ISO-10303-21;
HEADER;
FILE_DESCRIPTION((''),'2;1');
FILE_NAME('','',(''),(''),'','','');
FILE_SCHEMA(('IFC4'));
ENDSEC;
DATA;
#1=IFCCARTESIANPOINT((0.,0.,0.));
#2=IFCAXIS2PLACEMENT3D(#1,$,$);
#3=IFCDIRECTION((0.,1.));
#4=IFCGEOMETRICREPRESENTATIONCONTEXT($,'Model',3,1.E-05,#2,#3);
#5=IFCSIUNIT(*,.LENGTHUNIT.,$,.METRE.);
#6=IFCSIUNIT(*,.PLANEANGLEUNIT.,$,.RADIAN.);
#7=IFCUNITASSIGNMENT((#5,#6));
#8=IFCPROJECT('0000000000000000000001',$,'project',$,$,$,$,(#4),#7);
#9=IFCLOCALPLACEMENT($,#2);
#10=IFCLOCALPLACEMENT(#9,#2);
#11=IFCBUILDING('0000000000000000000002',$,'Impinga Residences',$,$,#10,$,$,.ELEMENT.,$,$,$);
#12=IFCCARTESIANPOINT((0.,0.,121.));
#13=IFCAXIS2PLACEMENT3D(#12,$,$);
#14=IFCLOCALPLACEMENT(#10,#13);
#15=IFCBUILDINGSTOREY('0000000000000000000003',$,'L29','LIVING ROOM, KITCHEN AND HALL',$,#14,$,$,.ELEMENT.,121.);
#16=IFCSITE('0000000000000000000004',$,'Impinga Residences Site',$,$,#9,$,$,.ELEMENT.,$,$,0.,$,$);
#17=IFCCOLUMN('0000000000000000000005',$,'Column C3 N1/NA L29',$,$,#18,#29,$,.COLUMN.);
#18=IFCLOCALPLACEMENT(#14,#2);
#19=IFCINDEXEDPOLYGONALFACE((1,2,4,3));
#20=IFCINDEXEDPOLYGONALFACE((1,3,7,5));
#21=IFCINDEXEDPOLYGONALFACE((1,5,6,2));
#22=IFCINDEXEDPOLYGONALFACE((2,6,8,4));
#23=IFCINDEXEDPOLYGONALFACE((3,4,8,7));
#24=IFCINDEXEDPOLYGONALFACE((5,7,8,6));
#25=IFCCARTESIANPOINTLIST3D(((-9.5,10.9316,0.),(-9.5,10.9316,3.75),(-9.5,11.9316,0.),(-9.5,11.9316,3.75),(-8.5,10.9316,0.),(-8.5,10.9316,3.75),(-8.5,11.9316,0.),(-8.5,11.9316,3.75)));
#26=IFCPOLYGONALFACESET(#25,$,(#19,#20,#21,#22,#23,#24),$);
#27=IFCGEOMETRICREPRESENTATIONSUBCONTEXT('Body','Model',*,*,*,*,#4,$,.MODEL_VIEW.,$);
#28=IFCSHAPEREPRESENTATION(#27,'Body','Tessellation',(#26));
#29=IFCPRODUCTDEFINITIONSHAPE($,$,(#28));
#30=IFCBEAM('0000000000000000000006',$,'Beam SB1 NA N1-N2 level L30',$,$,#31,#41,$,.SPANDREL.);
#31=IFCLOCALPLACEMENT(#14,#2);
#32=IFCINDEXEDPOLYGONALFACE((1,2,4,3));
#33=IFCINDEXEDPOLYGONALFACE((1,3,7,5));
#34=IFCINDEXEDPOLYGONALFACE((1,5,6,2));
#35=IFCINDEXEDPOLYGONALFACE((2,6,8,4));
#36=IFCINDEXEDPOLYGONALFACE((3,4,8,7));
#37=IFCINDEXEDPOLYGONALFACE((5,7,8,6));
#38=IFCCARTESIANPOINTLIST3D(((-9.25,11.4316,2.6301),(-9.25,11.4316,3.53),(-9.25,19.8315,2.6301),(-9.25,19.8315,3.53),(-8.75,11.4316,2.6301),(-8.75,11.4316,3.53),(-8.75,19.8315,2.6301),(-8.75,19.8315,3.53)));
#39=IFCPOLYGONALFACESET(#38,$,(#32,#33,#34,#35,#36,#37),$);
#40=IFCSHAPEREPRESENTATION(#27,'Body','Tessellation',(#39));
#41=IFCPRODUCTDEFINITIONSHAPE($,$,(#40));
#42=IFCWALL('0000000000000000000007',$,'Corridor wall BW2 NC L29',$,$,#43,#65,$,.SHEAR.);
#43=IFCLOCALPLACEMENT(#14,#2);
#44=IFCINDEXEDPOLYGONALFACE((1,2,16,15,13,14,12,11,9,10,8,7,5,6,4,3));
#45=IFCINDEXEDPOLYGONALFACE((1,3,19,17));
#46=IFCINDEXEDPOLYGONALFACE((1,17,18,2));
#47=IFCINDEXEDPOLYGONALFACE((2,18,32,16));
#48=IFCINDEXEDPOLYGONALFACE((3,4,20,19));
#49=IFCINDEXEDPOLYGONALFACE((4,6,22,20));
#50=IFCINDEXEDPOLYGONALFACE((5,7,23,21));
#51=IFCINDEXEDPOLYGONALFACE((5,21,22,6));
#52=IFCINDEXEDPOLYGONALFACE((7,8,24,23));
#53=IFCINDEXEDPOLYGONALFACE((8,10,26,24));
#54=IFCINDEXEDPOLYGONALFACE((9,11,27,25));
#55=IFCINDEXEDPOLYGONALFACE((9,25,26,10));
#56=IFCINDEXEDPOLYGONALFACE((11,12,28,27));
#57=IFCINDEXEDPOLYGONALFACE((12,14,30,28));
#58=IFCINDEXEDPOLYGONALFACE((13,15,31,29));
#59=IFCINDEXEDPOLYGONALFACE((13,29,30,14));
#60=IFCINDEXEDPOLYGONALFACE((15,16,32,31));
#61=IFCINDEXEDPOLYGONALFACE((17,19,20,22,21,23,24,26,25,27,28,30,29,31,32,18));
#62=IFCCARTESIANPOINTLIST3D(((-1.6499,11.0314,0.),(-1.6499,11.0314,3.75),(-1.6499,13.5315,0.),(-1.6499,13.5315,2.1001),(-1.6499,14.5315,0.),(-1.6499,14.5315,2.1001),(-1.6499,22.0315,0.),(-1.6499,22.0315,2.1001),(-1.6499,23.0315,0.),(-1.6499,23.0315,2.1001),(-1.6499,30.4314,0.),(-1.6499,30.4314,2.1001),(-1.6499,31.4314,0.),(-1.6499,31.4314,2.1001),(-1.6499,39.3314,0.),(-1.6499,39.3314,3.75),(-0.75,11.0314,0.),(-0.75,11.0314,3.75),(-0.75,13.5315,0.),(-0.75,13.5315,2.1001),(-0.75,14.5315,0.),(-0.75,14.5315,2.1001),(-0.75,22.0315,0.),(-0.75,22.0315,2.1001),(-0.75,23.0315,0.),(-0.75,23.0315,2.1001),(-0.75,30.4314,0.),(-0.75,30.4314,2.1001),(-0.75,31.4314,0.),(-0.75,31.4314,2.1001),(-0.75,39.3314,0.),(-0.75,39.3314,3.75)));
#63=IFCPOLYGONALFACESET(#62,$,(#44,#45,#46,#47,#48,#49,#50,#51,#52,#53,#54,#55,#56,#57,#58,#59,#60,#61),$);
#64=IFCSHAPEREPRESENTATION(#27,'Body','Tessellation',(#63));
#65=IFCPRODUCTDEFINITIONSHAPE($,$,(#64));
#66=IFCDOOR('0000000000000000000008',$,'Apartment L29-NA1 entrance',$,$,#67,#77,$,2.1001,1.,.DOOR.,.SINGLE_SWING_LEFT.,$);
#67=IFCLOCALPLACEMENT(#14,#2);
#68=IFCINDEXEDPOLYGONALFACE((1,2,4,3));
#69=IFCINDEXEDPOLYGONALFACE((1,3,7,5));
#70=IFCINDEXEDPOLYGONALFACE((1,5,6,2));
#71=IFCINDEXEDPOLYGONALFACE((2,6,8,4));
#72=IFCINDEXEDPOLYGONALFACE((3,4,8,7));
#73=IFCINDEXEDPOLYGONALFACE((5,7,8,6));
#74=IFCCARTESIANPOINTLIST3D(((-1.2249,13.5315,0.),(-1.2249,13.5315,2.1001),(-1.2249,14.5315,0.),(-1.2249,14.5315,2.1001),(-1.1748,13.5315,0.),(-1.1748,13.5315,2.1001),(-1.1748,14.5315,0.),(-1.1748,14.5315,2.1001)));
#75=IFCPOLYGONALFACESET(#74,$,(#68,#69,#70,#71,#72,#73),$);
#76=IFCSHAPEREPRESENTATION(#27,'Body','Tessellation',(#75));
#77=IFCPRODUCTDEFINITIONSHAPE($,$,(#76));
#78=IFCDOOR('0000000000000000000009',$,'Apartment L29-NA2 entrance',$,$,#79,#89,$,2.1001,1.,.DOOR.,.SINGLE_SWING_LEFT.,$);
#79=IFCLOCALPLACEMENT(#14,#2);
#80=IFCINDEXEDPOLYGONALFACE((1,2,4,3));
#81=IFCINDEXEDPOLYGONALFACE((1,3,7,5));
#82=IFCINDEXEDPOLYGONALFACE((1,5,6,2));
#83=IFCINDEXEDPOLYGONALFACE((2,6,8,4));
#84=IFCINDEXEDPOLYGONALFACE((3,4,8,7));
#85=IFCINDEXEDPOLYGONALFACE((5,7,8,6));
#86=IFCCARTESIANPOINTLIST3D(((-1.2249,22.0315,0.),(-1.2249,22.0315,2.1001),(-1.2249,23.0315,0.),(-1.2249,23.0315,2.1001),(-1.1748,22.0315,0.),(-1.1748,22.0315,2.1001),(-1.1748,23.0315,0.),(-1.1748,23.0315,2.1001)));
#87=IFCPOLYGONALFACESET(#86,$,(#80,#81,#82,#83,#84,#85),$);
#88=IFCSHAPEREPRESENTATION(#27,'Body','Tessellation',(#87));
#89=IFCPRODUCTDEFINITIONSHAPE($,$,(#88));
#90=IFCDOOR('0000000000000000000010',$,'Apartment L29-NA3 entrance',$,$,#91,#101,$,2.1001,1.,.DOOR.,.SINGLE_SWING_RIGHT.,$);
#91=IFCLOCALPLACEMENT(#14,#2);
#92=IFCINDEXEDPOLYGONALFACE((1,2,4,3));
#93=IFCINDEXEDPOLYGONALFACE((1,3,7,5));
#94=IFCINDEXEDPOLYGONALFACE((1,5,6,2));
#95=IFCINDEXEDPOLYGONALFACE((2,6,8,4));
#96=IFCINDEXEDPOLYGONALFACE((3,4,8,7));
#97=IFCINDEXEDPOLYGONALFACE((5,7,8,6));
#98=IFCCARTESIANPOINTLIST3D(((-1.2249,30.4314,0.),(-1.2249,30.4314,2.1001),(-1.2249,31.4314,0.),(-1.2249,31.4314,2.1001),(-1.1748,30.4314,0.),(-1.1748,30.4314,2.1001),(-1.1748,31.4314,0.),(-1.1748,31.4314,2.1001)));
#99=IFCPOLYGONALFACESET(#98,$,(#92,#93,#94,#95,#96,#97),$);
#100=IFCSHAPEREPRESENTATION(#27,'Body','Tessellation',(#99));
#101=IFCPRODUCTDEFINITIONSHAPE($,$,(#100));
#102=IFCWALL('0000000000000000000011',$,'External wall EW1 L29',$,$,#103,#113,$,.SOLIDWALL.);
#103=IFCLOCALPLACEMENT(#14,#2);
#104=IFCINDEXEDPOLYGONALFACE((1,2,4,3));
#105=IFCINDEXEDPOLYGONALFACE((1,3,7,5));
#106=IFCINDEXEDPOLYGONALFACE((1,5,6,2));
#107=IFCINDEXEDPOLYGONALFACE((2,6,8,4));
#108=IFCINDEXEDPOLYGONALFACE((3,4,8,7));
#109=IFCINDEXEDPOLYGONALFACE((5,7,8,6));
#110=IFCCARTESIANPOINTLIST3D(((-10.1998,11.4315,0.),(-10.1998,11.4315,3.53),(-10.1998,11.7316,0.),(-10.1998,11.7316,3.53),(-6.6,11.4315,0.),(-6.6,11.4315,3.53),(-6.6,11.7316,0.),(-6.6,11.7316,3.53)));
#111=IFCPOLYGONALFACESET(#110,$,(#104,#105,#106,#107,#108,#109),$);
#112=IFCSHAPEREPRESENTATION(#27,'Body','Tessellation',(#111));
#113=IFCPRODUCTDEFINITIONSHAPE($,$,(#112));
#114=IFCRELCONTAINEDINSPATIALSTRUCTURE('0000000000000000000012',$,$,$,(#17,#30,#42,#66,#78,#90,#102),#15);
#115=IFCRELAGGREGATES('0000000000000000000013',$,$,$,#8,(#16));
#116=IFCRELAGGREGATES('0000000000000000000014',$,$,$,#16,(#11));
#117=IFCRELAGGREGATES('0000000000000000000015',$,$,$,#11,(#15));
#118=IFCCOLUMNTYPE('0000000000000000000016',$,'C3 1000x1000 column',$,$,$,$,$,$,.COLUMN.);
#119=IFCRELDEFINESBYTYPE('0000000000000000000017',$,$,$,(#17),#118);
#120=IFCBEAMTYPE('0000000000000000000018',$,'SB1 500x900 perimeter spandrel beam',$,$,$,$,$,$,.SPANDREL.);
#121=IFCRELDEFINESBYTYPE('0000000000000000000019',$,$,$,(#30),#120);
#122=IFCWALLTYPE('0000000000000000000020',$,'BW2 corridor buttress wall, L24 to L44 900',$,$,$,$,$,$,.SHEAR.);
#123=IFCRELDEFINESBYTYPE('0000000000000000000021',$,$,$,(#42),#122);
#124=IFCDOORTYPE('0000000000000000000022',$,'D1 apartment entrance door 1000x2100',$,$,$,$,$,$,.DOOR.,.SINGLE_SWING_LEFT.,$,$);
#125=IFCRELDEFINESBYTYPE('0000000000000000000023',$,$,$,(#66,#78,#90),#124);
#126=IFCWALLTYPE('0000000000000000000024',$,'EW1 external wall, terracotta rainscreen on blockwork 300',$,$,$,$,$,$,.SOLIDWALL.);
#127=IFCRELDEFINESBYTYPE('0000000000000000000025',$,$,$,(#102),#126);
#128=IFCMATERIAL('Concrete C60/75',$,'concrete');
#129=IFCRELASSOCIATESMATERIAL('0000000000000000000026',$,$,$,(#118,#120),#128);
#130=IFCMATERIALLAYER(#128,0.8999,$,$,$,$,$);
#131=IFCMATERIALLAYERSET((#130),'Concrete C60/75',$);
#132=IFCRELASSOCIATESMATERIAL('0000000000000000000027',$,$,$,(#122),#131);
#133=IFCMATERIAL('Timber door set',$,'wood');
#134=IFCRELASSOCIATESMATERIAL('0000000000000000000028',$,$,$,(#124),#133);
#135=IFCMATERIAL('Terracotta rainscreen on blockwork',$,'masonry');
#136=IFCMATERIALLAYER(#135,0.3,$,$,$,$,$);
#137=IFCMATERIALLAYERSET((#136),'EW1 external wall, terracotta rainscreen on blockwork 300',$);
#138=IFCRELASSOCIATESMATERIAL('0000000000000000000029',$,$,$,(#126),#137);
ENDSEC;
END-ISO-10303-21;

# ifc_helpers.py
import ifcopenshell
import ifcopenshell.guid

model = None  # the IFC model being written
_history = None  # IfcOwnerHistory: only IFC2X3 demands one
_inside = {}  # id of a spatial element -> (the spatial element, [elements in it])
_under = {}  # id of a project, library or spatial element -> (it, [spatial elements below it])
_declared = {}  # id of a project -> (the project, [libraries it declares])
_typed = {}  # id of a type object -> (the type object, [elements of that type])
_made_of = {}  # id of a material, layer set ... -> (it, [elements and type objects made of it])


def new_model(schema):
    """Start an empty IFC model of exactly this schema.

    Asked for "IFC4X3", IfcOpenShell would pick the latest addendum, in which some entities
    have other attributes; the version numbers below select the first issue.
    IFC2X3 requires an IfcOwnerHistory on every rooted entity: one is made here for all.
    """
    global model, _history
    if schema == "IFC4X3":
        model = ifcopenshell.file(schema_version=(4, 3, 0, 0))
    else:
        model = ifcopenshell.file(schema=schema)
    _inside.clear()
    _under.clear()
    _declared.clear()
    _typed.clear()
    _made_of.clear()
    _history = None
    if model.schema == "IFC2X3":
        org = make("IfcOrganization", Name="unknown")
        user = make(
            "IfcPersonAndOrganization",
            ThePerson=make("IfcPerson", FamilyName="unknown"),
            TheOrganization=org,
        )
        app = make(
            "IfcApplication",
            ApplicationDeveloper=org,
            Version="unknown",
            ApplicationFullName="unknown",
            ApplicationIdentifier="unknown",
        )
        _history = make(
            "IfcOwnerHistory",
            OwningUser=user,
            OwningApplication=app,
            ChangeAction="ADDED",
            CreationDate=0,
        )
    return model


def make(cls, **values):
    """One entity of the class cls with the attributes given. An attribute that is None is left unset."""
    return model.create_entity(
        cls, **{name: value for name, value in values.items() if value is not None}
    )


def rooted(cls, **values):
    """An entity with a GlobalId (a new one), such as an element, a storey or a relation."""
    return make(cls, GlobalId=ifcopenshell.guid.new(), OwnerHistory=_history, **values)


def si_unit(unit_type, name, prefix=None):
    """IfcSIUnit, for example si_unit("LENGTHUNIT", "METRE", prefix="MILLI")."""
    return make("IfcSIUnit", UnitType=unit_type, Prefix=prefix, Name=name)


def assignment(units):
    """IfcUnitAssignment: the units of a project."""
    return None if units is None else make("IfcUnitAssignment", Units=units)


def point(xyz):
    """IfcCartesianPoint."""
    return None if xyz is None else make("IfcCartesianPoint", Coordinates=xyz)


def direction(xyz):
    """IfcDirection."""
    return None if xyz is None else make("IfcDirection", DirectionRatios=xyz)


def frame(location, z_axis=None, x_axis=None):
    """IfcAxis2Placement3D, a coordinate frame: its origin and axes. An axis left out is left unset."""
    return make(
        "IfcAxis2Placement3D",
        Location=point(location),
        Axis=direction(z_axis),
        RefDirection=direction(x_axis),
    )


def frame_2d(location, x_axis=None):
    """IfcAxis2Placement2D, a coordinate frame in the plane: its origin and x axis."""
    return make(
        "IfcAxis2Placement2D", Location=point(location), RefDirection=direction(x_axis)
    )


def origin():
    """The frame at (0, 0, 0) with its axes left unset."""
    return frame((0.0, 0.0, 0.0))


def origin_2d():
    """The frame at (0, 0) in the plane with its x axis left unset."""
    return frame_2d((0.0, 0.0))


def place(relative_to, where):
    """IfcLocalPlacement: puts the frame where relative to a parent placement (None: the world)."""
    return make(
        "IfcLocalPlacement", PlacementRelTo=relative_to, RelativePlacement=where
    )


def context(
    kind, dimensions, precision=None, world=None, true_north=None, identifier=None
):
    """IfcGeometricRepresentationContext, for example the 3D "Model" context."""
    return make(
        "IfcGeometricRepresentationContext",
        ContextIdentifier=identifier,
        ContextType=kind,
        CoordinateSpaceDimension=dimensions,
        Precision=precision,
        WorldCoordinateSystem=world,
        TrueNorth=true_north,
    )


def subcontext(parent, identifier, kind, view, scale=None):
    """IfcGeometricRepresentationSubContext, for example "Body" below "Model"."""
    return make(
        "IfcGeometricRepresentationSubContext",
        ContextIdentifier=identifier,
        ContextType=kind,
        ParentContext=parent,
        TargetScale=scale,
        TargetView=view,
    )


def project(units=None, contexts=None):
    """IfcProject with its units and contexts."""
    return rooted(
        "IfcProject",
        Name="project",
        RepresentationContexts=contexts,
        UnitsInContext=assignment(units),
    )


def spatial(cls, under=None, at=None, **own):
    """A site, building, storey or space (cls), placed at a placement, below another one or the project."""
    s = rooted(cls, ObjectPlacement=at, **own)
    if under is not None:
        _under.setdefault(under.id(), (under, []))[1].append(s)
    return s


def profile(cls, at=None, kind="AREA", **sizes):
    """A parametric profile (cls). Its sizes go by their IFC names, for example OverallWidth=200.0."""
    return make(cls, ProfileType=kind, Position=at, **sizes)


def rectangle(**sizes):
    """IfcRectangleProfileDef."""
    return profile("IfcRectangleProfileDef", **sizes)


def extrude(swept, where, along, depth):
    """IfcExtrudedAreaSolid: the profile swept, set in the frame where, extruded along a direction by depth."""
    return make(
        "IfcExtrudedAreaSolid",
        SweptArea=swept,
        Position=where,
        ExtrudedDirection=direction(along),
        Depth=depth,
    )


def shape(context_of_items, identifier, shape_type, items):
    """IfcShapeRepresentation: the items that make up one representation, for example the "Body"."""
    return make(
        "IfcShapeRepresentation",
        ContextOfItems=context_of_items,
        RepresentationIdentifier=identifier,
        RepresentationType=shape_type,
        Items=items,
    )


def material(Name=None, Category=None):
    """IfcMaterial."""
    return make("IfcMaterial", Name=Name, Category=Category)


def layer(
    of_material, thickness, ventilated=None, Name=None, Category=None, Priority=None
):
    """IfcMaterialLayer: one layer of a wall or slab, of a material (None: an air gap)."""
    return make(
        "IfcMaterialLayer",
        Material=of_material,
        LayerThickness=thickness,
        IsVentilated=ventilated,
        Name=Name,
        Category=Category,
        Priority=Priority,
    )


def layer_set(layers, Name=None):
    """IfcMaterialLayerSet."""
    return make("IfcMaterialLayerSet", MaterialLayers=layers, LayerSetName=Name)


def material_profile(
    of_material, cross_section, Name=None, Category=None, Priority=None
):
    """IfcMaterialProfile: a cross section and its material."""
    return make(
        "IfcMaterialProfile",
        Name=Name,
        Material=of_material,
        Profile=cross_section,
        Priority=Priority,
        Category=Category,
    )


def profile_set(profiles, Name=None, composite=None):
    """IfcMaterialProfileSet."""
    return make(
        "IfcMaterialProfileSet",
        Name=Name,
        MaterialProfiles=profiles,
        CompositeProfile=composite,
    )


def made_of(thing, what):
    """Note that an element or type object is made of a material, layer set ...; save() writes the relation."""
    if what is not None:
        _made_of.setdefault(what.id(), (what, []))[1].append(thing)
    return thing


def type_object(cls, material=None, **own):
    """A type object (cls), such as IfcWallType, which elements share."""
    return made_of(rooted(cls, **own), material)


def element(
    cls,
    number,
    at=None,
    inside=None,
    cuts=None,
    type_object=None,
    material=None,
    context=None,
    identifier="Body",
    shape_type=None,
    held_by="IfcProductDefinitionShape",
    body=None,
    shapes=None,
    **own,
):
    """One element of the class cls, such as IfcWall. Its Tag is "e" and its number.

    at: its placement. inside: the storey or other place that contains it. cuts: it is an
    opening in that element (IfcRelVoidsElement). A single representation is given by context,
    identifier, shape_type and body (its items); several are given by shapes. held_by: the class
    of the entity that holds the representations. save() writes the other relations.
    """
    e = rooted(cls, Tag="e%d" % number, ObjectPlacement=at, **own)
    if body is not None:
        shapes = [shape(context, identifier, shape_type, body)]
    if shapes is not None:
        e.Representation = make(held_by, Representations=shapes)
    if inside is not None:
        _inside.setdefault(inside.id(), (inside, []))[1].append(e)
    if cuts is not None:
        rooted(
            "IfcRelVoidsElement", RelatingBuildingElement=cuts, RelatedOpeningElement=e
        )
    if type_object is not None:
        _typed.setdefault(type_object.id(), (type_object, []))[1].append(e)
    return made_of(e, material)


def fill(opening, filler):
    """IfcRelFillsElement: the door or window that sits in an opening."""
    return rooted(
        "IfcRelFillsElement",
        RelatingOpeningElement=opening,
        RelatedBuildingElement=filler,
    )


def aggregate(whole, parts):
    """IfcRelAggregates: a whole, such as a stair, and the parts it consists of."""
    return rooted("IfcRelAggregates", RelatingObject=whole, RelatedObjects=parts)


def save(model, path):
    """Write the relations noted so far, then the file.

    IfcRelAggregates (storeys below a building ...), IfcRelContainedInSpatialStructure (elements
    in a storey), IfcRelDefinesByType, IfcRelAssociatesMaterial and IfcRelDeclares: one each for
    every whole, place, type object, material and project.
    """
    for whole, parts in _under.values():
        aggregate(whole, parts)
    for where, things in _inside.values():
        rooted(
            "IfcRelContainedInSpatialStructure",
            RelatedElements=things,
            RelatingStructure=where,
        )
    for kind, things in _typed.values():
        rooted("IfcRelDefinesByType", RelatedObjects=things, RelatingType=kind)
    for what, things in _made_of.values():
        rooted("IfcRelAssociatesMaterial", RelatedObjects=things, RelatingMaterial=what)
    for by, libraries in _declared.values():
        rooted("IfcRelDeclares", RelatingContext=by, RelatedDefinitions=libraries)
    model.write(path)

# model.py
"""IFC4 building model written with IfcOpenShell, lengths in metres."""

from ifc_helpers import new_model, si_unit, direction, frame, frame_2d, origin, origin_2d, place, context, subcontext, project, spatial, rectangle, extrude, material, layer, layer_set, material_profile, profile_set, type_object, element, fill, save


model = new_model("IFC4")

# Units and contexts
model_context = context("Model", 3, precision=1e-05, world=origin(), true_north=direction((0.0, 1.0)))
body_context = subcontext(model_context, "Body", "Model", "MODEL_VIEW")
ifc_project = project(units=[si_unit("LENGTHUNIT", "METRE"), si_unit("PLANEANGLEUNIT", "RADIAN")], contexts=[model_context])

# Site, building, storey
site_placement = place(None, origin())
site = spatial("IfcSite", under=ifc_project, at=site_placement, Name="Impinga Residences Site", CompositionType="ELEMENT", RefElevation=0.0)
building_placement = place(site_placement, origin())
building = spatial("IfcBuilding", under=site, at=building_placement, Name="Impinga Residences", CompositionType="ELEMENT")
storey_placement = place(building_placement, frame((0.0, 0.0, 121.0)))
storey = spatial("IfcBuildingStorey", under=building, at=storey_placement, Name="L29", Description="LIVING ROOM, KITCHEN AND HALL", CompositionType="ELEMENT", Elevation=121.0)

# Column
ifc_material_1 = material(Name="Concrete C60/75", Category="concrete")
ifc_material_profile_1 = material_profile(ifc_material_1, rectangle(XDim=1.0, YDim=1.0, at=origin_2d()), Name="RC 1000x1000")
ifc_profile_set_1 = profile_set([ifc_material_profile_1], Name="Concrete C60/75")
column_type = type_object("IfcColumnType", Name="C3 1000x1000 column", PredefinedType="COLUMN", material=ifc_profile_set_1)
column_placement = place(storey_placement, frame((-9.0, 11.4316, 0.0), z_axis=(0.0, 0.0, 1.0), x_axis=(1.0, 0.0, 0.0)))
element("IfcColumn", 1, at=column_placement, inside=storey, type_object=column_type, Name="Column C3 N1/NA L29", PredefinedType="COLUMN", context=body_context, shape_type="SweptSolid", body=[
    extrude(rectangle(XDim=1.0, YDim=1.0, at=origin_2d()), origin(), (0.0, 0.0, 1.0), 3.75),
])

# Beam
ifc_material_profile_2 = material_profile(ifc_material_1, rectangle(XDim=0.5, YDim=0.8999, at=origin_2d()), Name="RC 500x900")
ifc_profile_set_2 = profile_set([ifc_material_profile_2], Name="Concrete C60/75")
beam_type = type_object("IfcBeamType", Name="SB1 500x900 perimeter spandrel beam", PredefinedType="SPANDREL", material=ifc_profile_set_2)
beam_placement = place(storey_placement, frame((-9.0, 11.4316, 3.0801), z_axis=(0.0, 1.0, 0.0), x_axis=(-1.0, 0.0, 0.0)))
element("IfcBeam", 2, at=beam_placement, inside=storey, type_object=beam_type, Name="Beam SB1 NA N1-N2 level L30", PredefinedType="SPANDREL", context=body_context, shape_type="SweptSolid", body=[
    extrude(rectangle(XDim=0.5, YDim=0.8999, at=origin_2d()), origin(), (0.0, 0.0, 1.0), 8.3999),
])

# Wall, openings, doors
ifc_layer_1 = layer(ifc_material_1, 0.8999)
ifc_layer_set_1 = layer_set([ifc_layer_1], Name="Concrete C60/75")
wall_type_1 = type_object("IfcWallType", Name="BW2 corridor buttress wall, L24 to L44 900", PredefinedType="SHEAR", material=ifc_layer_set_1)
wall_1_placement = place(storey_placement, frame((-1.2, 11.0315, 0.0), z_axis=(0.0, 0.0, 1.0), x_axis=(0.0, 1.0, 0.0)))
wall_1 = element("IfcWall", 3, at=wall_1_placement, inside=storey, type_object=wall_type_1, Name="Corridor wall BW2 NC L29", PredefinedType="SHEAR", context=body_context, shape_type="SweptSolid", body=[
    extrude(rectangle(XDim=28.3, YDim=0.8999, at=frame_2d((14.1499, 0.0))), origin(), (0.0, 0.0, 1.0), 3.75),
])
opening_1_placement = place(wall_1_placement, frame((2.5, 0.0, 0.0)))
opening_1 = element("IfcOpeningElement", 4, at=opening_1_placement, cuts=wall_1, PredefinedType="OPENING", context=body_context, shape_type="SweptSolid", body=[
    extrude(rectangle(XDim=1.0, YDim=2.1001, at=frame_2d((0.5, 1.05))), frame((0.0, 0.46, 0.0), z_axis=(0.0, -1.0, 0.0), x_axis=(1.0, 0.0, 0.0)), (0.0, 0.0, 1.0), 0.9199),
])
opening_2_placement = place(wall_1_placement, frame((11.0, 0.0, 0.0)))
opening_2 = element("IfcOpeningElement", 5, at=opening_2_placement, cuts=wall_1, PredefinedType="OPENING", context=body_context, shape_type="SweptSolid", body=[
    extrude(rectangle(XDim=1.0, YDim=2.1001, at=frame_2d((0.5, 1.05))), frame((0.0, 0.46, 0.0), z_axis=(0.0, -1.0, 0.0), x_axis=(1.0, 0.0, 0.0)), (0.0, 0.0, 1.0), 0.9199),
])
opening_3_placement = place(wall_1_placement, frame((19.3999, 0.0, 0.0)))
opening_3 = element("IfcOpeningElement", 6, at=opening_3_placement, cuts=wall_1, PredefinedType="OPENING", context=body_context, shape_type="SweptSolid", body=[
    extrude(rectangle(XDim=1.0, YDim=2.1001, at=frame_2d((0.5, 1.05))), frame((0.0, 0.46, 0.0), z_axis=(0.0, -1.0, 0.0), x_axis=(1.0, 0.0, 0.0)), (0.0, 0.0, 1.0), 0.9199),
])
ifc_material_2 = material(Name="Timber door set", Category="wood")
door_type_1 = type_object("IfcDoorType", Name="D1 apartment entrance door 1000x2100", OperationType="SINGLE_SWING_LEFT", PredefinedType="DOOR", material=ifc_material_2)
door_1_placement = place(opening_1_placement, origin())
door_1 = element("IfcDoor", 7, at=door_1_placement, inside=storey, type_object=door_type_1, Name="Apartment L29-NA1 entrance", OperationType="SINGLE_SWING_LEFT", OverallHeight=2.1001, OverallWidth=1.0, PredefinedType="DOOR", context=body_context, shape_type="SweptSolid", body=[
    extrude(rectangle(XDim=1.0, YDim=2.1001, at=frame_2d((0.5, 1.05))), frame((0.0, 0.0249, 0.0), z_axis=(0.0, -1.0, 0.0), x_axis=(1.0, 0.0, 0.0)), (0.0, 0.0, 1.0), 0.05),
])
fill(opening_1, door_1)
door_2_placement = place(opening_2_placement, origin())
door_2 = element("IfcDoor", 8, at=door_2_placement, inside=storey, type_object=door_type_1, Name="Apartment L29-NA2 entrance", OperationType="SINGLE_SWING_LEFT", OverallHeight=2.1001, OverallWidth=1.0, PredefinedType="DOOR", context=body_context, shape_type="SweptSolid", body=[
    extrude(rectangle(XDim=1.0, YDim=2.1001, at=frame_2d((0.5, 1.05))), frame((0.0, 0.0249, 0.0), z_axis=(0.0, -1.0, 0.0), x_axis=(1.0, 0.0, 0.0)), (0.0, 0.0, 1.0), 0.05),
])
fill(opening_2, door_2)
door_3_placement = place(opening_3_placement, origin())
door_3 = element("IfcDoor", 9, at=door_3_placement, inside=storey, type_object=door_type_1, Name="Apartment L29-NA3 entrance", OperationType="SINGLE_SWING_RIGHT", OverallHeight=2.1001, OverallWidth=1.0, PredefinedType="DOOR", context=body_context, shape_type="SweptSolid", body=[
    extrude(rectangle(XDim=1.0, YDim=2.1001, at=frame_2d((0.5, 1.05))), frame((0.0, 0.0249, 0.0), z_axis=(0.0, -1.0, 0.0), x_axis=(1.0, 0.0, 0.0)), (0.0, 0.0, 1.0), 0.05),
])
fill(opening_3, door_3)

# Wall
ifc_material_3 = material(Name="Terracotta rainscreen on blockwork", Category="masonry")
ifc_layer_2 = layer(ifc_material_3, 0.3)
ifc_layer_set_2 = layer_set([ifc_layer_2], Name="EW1 external wall, terracotta rainscreen on blockwork 300")
wall_type_2 = type_object("IfcWallType", Name="EW1 external wall, terracotta rainscreen on blockwork 300", PredefinedType="SOLIDWALL", material=ifc_layer_set_2)
wall_2_placement = place(storey_placement, frame((-6.6001, 11.5815, 0.0), z_axis=(0.0, 0.0, 1.0), x_axis=(-1.0, 0.0, 0.0)))
element("IfcWall", 10, at=wall_2_placement, inside=storey, type_object=wall_type_2, Name="External wall EW1 L29", PredefinedType="SOLIDWALL", context=body_context, shape_type="SweptSolid", body=[
    extrude(rectangle(XDim=3.5999, YDim=0.3, at=frame_2d((1.7998, 0.0))), origin(), (0.0, 0.0, 1.0), 3.53),
])

save(model, "model.ifc")
